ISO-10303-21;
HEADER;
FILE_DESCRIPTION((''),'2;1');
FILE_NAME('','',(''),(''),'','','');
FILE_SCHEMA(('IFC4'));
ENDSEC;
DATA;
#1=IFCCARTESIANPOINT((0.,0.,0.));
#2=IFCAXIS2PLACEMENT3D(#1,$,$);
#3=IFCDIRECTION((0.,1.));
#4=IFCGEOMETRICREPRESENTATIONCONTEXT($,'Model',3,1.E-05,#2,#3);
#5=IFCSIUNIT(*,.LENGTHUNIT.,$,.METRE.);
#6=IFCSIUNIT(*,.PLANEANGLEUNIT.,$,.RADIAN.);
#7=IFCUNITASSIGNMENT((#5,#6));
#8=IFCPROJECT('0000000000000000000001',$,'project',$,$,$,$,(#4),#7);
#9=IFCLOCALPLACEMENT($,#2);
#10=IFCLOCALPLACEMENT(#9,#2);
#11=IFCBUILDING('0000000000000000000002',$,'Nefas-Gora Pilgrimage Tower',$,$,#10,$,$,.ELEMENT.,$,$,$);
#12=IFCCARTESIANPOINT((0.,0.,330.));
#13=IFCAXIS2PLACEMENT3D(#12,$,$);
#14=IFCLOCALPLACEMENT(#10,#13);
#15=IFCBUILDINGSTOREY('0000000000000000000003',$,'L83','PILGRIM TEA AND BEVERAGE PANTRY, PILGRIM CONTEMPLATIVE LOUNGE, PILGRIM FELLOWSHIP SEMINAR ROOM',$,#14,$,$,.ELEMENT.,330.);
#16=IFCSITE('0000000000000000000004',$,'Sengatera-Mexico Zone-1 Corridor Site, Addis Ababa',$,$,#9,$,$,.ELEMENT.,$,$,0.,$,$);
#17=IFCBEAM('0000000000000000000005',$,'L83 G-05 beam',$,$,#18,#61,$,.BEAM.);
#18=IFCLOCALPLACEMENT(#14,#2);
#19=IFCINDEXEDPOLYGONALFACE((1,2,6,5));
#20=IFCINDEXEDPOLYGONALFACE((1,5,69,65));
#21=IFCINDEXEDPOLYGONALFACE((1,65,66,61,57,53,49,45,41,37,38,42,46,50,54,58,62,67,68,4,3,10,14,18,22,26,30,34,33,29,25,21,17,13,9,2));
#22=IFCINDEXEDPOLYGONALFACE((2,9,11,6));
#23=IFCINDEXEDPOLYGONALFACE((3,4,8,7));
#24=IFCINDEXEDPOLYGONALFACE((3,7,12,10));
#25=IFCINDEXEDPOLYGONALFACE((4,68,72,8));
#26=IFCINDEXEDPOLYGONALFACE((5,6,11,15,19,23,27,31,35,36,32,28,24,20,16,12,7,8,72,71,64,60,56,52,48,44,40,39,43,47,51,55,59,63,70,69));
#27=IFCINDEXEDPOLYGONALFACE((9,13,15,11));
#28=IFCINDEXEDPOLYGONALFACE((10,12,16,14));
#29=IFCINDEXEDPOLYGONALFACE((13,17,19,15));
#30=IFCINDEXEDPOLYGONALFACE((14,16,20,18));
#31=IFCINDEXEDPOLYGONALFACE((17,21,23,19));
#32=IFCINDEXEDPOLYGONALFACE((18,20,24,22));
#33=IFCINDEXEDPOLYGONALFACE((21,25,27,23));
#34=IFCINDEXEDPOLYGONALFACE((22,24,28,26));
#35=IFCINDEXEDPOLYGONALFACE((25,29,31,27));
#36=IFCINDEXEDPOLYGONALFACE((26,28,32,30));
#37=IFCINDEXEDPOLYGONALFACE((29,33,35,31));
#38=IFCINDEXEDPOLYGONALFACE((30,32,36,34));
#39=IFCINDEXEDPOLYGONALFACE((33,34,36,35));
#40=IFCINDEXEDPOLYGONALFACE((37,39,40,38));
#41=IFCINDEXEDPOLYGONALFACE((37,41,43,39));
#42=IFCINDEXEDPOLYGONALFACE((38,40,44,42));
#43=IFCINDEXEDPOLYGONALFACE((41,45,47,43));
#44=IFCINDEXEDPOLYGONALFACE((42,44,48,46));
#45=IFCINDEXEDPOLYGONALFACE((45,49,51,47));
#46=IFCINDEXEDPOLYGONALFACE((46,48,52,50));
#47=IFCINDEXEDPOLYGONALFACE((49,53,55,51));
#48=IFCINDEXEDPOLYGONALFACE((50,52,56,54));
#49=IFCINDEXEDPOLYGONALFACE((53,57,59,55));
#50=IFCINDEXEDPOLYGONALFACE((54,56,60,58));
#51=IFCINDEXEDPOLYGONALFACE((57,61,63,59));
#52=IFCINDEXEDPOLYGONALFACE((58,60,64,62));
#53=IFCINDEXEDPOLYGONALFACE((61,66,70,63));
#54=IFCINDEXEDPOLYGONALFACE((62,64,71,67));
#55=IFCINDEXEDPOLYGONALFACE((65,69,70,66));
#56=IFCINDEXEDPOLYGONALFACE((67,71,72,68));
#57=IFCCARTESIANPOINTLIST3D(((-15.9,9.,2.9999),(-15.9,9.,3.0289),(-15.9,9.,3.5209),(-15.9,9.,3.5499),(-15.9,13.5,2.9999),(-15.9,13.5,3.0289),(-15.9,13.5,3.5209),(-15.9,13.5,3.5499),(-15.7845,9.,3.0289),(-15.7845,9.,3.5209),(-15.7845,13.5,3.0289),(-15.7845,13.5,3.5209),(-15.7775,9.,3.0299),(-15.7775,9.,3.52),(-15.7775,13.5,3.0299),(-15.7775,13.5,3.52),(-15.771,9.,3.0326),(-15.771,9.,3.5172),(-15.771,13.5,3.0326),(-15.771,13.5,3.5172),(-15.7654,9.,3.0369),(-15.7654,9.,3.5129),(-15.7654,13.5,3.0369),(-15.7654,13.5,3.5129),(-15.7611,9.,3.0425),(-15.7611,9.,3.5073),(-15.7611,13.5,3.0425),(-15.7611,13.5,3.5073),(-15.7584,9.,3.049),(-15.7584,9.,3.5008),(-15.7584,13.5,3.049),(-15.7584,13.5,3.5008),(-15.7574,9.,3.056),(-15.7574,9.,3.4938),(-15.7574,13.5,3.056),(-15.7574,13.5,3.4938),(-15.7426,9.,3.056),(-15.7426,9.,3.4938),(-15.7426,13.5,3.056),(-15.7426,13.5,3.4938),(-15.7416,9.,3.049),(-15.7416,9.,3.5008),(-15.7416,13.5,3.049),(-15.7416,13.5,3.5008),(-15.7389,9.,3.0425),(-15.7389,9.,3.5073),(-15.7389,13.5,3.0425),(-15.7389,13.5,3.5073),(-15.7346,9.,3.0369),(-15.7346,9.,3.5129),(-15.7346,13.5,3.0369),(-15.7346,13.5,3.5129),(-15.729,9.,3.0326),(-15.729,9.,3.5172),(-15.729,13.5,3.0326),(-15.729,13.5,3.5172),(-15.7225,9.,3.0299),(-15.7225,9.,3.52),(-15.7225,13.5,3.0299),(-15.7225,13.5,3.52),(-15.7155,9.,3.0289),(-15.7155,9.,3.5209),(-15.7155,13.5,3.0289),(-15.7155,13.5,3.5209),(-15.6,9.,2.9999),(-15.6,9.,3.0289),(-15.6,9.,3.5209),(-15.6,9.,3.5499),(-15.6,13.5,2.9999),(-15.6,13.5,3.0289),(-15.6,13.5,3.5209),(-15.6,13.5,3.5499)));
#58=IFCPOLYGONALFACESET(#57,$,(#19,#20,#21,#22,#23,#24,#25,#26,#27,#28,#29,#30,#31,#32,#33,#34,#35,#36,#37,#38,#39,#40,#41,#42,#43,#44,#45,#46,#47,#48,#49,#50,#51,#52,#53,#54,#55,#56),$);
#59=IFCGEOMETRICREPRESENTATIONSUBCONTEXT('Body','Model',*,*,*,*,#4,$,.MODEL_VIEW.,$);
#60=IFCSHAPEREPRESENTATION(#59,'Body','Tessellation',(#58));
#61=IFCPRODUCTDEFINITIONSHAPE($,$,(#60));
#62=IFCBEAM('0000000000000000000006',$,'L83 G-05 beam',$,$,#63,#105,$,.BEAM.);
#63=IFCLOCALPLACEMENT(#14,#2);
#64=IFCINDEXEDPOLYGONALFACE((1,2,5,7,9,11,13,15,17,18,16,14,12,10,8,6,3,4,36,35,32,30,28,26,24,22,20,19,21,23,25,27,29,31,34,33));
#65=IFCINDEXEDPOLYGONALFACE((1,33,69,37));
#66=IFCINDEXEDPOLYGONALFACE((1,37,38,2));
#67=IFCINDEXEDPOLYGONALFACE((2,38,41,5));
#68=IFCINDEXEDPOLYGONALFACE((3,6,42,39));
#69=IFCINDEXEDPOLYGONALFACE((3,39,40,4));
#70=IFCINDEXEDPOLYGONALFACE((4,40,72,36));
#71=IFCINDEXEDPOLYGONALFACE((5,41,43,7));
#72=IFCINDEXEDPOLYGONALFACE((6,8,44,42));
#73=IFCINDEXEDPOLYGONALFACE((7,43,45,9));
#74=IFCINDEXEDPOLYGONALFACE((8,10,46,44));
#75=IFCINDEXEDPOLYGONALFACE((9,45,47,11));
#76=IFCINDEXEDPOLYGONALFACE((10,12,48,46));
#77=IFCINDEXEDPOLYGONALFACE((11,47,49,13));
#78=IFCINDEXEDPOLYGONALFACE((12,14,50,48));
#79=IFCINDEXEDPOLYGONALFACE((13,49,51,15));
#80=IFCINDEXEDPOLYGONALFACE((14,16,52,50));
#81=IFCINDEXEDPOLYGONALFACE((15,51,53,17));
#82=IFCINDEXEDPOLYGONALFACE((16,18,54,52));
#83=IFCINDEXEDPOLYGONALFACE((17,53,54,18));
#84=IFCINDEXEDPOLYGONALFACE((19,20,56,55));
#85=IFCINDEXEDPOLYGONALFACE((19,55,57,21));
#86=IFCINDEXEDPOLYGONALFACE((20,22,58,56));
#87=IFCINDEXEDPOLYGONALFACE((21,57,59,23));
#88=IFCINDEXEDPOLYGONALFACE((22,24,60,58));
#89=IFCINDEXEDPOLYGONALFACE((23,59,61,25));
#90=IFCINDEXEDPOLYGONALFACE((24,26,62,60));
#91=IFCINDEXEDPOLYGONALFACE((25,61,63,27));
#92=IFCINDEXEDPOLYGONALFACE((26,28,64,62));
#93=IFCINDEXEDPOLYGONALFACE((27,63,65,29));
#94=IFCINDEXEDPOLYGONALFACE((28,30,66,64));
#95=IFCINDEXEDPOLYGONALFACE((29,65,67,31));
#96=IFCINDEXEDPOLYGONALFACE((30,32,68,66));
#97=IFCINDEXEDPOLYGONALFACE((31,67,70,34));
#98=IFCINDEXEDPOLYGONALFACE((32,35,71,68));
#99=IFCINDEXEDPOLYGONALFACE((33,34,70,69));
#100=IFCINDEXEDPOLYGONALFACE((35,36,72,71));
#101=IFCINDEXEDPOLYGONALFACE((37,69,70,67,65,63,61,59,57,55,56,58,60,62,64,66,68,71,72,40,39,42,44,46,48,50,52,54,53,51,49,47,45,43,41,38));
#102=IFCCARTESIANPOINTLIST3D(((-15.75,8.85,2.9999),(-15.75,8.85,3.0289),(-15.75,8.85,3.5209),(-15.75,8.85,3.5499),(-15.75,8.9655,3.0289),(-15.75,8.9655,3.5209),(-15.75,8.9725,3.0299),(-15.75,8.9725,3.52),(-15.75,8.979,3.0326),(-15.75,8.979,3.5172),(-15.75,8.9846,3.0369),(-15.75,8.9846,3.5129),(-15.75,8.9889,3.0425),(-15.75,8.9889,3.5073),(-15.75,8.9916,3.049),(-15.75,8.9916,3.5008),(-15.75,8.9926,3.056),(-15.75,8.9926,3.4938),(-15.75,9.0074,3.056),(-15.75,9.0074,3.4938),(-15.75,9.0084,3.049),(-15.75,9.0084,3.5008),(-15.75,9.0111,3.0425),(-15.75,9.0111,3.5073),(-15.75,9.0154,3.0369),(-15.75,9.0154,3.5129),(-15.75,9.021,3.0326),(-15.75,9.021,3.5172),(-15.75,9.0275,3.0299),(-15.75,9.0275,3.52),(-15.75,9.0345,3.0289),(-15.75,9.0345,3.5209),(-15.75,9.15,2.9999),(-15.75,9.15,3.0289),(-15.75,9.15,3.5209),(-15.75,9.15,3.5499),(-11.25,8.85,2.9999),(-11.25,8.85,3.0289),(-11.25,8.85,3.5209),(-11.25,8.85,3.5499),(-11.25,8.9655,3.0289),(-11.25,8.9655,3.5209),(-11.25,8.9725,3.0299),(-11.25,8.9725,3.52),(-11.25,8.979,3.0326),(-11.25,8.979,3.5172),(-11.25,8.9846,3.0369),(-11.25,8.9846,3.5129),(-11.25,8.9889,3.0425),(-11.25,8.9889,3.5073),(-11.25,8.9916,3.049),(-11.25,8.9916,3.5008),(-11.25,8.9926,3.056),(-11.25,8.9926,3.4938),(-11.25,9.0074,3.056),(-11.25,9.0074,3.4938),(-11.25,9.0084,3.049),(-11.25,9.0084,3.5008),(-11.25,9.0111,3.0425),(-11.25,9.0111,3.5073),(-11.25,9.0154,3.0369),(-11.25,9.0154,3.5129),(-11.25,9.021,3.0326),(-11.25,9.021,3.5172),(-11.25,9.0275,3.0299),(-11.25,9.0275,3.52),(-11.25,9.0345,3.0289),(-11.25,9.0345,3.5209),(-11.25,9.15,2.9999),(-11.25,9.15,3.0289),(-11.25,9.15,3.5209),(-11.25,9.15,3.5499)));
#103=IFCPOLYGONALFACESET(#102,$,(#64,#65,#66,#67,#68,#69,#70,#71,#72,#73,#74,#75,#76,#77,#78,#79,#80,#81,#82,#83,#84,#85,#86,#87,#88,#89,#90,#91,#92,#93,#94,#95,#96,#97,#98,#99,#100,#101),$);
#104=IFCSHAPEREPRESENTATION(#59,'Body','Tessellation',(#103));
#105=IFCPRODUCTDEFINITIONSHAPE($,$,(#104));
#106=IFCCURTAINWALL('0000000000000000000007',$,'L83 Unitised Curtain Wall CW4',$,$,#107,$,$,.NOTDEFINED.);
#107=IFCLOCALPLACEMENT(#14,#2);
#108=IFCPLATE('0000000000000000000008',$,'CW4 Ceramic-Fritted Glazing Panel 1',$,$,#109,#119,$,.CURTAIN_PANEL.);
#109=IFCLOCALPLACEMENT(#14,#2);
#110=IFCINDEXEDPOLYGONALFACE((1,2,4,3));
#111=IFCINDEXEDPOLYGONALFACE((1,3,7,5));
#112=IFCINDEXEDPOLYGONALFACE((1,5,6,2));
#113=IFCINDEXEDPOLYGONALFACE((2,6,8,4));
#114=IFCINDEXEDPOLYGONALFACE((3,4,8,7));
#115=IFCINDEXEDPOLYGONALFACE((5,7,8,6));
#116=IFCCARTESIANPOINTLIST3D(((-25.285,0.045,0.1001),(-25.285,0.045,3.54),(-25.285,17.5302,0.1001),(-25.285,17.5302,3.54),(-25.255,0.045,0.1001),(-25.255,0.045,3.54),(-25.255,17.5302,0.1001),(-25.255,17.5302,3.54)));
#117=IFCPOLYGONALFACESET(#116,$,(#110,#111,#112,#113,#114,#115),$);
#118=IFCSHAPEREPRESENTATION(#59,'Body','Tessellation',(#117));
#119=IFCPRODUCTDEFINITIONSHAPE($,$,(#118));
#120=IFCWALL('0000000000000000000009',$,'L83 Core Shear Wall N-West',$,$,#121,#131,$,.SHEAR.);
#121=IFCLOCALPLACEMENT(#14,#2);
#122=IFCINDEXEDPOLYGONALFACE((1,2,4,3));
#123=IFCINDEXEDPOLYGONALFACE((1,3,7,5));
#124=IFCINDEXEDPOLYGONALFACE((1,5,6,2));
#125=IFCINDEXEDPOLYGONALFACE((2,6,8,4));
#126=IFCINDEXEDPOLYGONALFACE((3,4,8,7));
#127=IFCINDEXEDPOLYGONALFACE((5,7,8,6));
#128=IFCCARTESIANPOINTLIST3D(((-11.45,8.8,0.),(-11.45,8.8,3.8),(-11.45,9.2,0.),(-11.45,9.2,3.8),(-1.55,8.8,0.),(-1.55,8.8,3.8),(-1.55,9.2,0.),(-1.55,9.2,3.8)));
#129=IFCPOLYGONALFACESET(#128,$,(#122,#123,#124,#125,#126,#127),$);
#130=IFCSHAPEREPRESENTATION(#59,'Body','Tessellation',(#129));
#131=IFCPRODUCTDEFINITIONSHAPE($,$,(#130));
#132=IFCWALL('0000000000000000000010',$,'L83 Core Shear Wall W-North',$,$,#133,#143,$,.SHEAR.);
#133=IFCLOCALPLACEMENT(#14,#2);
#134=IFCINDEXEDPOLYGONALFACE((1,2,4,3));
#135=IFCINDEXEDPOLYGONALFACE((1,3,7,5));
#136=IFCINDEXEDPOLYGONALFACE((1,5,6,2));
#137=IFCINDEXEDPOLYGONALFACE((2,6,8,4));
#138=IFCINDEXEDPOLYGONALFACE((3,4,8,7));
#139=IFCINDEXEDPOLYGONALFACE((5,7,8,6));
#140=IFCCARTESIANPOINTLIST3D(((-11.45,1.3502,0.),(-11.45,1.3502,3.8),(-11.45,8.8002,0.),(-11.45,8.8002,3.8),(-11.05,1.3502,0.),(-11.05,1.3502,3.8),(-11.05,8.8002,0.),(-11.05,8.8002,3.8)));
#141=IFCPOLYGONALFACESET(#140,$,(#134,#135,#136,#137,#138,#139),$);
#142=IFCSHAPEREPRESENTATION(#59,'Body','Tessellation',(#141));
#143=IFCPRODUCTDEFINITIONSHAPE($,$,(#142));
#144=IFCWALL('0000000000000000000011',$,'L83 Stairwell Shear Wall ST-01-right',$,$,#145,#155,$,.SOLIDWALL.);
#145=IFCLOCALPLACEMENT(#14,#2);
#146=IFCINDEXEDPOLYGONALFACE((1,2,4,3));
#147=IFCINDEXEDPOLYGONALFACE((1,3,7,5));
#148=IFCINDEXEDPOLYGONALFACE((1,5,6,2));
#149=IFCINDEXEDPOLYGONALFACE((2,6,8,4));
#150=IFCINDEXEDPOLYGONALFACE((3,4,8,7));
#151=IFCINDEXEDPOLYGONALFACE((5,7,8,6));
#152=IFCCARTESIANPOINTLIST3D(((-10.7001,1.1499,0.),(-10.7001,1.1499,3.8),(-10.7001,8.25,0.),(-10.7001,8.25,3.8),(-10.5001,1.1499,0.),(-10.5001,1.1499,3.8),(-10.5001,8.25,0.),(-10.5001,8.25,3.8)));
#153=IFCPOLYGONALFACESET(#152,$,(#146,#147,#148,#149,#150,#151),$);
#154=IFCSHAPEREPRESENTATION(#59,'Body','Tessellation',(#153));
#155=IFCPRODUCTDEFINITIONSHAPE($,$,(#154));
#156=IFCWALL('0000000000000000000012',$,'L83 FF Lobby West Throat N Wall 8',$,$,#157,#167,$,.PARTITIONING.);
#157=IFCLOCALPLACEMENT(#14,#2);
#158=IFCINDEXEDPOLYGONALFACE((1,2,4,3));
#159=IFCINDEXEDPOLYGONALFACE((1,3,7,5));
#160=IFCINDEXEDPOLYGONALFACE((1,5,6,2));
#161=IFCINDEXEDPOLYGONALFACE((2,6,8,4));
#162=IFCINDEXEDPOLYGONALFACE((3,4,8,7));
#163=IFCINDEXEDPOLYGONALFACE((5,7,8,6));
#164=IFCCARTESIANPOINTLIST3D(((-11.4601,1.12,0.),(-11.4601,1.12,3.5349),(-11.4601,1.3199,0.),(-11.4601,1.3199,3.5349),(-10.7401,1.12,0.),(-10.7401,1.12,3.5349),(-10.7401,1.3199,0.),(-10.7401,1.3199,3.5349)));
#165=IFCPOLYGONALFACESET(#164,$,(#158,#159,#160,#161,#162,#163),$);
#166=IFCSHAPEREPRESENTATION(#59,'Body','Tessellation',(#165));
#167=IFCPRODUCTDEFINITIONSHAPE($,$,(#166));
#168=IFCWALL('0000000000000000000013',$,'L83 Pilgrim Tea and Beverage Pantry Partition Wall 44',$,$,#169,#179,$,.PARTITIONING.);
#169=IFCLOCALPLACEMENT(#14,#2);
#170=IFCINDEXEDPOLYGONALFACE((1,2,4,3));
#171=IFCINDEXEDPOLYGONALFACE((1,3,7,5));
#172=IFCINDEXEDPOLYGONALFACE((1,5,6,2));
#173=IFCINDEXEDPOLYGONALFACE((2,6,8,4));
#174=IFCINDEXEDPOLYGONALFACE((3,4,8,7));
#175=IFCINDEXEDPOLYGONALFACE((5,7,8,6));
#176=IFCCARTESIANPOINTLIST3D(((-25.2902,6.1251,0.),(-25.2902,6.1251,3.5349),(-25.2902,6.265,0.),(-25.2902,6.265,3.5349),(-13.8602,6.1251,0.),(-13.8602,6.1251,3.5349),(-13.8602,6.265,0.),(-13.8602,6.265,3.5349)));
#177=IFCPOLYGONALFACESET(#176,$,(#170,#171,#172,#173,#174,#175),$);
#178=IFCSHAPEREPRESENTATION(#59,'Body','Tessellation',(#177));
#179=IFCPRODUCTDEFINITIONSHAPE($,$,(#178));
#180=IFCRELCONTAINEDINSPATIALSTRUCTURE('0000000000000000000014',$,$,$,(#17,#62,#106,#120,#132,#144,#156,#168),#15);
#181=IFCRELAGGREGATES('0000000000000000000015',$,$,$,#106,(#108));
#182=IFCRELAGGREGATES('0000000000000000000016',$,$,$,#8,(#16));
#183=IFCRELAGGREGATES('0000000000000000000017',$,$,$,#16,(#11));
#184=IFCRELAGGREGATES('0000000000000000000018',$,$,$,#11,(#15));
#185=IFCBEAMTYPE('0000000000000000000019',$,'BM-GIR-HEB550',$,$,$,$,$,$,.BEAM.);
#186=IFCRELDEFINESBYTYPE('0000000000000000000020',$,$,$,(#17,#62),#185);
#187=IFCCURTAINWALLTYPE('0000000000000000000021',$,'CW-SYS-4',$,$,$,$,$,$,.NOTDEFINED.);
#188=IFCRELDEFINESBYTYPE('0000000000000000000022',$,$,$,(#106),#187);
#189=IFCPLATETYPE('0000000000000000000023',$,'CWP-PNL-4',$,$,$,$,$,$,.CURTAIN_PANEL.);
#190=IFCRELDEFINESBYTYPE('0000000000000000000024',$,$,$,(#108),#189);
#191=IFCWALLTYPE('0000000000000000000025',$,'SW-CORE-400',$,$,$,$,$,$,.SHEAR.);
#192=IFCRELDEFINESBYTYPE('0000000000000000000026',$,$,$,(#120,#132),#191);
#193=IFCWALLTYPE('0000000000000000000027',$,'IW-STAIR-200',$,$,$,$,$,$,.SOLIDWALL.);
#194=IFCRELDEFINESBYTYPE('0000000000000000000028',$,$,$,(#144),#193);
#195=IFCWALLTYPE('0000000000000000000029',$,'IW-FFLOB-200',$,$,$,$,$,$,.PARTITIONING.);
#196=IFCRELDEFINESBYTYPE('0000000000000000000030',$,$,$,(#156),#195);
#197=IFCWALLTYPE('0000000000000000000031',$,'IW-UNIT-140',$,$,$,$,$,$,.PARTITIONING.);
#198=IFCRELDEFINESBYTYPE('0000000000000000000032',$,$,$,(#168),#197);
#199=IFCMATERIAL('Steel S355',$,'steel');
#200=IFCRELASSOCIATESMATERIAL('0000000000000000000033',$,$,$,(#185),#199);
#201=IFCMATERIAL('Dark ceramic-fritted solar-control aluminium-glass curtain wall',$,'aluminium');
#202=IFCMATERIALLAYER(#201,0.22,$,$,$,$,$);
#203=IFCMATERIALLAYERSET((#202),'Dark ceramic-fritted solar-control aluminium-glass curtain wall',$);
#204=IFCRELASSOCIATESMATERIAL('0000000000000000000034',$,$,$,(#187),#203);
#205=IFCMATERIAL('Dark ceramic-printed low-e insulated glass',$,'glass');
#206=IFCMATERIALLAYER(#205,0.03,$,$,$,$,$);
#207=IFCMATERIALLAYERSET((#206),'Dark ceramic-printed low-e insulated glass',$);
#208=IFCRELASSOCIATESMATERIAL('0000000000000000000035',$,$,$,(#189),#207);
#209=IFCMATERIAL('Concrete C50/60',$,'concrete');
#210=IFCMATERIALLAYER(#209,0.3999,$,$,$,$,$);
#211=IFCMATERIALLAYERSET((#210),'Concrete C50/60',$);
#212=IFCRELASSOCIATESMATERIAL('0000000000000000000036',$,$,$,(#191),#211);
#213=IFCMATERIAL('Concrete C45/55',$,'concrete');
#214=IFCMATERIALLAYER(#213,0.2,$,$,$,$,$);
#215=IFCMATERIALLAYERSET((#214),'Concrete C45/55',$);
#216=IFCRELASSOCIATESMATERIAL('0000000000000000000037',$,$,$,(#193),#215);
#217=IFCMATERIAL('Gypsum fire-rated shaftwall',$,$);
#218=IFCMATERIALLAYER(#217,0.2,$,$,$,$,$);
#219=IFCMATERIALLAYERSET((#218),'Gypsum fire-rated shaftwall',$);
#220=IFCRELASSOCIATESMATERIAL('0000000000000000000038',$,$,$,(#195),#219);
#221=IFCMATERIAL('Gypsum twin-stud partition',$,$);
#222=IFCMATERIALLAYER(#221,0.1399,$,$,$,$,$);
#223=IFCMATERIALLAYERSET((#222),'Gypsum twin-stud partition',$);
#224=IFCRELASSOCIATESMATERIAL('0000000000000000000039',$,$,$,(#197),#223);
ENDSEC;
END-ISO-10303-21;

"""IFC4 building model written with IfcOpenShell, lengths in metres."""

from ifc_helpers import new_model, si_unit, direction, frame, frame_2d, origin, origin_2d, place, context, subcontext, project, spatial, rectangle, i_section, extrude, source, transform, mapped, material, layer, layer_set, material_profile, profile_set, type_object, element, aggregate, save


model = new_model("IFC4")

# Units and contexts
model_context = context("Model", 3, precision=1e-05, world=origin(), true_north=direction((0.0, 1.0)))
body_context = subcontext(model_context, "Body", "Model", "MODEL_VIEW")
ifc_project = project(units=[si_unit("LENGTHUNIT", "METRE"), si_unit("PLANEANGLEUNIT", "RADIAN")], contexts=[model_context])

# Site, building, storey
site_placement = place(None, origin())
site = spatial("IfcSite", under=ifc_project, at=site_placement, Name="Sengatera-Mexico Zone-1 Corridor Site, Addis Ababa", CompositionType="ELEMENT", RefElevation=0.0)
building_placement = place(site_placement, origin())
building = spatial("IfcBuilding", under=site, at=building_placement, Name="Nefas-Gora Pilgrimage Tower", CompositionType="ELEMENT")
storey_placement = place(building_placement, frame((0.0, 0.0, 330.0)))
storey = spatial("IfcBuildingStorey", under=building, at=storey_placement, Name="L83", Description="PILGRIM TEA AND BEVERAGE PANTRY, PILGRIM CONTEMPLATIVE LOUNGE, PILGRIM FELLOWSHIP SEMINAR ROOM", CompositionType="ELEMENT", Elevation=330.0)

# Shared definitions
ifc_material_1 = material(Name="Steel S355", Category="steel")
ifc_material_2 = material(Name="Concrete C50/60", Category="concrete")

# Beams
ifc_material_profile_1 = material_profile(ifc_material_1, i_section(OverallWidth=0.3, OverallDepth=0.55, WebThickness=0.0149, FlangeThickness=0.0291, FilletRadius=0.0271, at=origin_2d()), Name="HEB 550")
ifc_profile_set_1 = profile_set([ifc_material_profile_1], Name="Steel S355")
beam_type_1 = type_object("IfcBeamType", Name="BM-GIR-HEB550", PredefinedType="BEAM", material=ifc_profile_set_1)
shared_shape_1 = source(origin(), body_context, "Body", "SweptSolid", [
    extrude(i_section(OverallWidth=0.3, OverallDepth=0.55, WebThickness=0.0149, FlangeThickness=0.0291, FilletRadius=0.0271, at=origin_2d()), origin(), (0.0, 0.0, 1.0), 4.5),
])
for number, where, z_axis, x_axis, name in (
    (1, (-15.75, 9.0, 3.2749), (0.0, 1.0, 0.0), (-1.0, 0.0, 0.0), "L83 G-05 beam"),
    (2, (-15.75, 9.0, 3.2749), (1.0, 0.0, 0.0), (0.0, 1.0, 0.0), "L83 G-05 beam"),
):
    element("IfcBeam", number, at=place(storey_placement, frame(where, z_axis=z_axis, x_axis=x_axis)), inside=storey, type_object=beam_type_1, Name=name, PredefinedType="BEAM", context=body_context, shape_type="MappedRepresentation", body=[
        mapped(shared_shape_1, transform((0.0, 0.0, 0.0), x_axis=(1.0, 0.0, 0.0), y_axis=(0.0, 1.0, 0.0), z_axis=(0.0, 0.0, 1.0), scale=1.0)),
    ])

# Curtain wall, plate
ifc_material_3 = material(Name="Dark ceramic-fritted solar-control aluminium-glass curtain wall", Category="aluminium")
ifc_layer_1 = layer(ifc_material_3, 0.22)
ifc_layer_set_1 = layer_set([ifc_layer_1], Name="Dark ceramic-fritted solar-control aluminium-glass curtain wall")
curtain_wall_type = type_object("IfcCurtainWallType", Name="CW-SYS-4", PredefinedType="NOTDEFINED", material=ifc_layer_set_1)
curtain_wall_placement = place(storey_placement, origin())
curtain_wall = element("IfcCurtainWall", 3, at=curtain_wall_placement, inside=storey, type_object=curtain_wall_type, Name="L83 Unitised Curtain Wall CW4", PredefinedType="NOTDEFINED")
ifc_material_4 = material(Name="Dark ceramic-printed low-e insulated glass", Category="glass")
ifc_layer_2 = layer(ifc_material_4, 0.03)
ifc_layer_set_2 = layer_set([ifc_layer_2], Name="Dark ceramic-printed low-e insulated glass")
plate_type = type_object("IfcPlateType", Name="CWP-PNL-4", PredefinedType="CURTAIN_PANEL", material=ifc_layer_set_2)
shared_shape_2 = source(origin(), body_context, "Body", "SweptSolid", [
    extrude(rectangle(XDim=17.4851, YDim=0.03, at=origin_2d()), origin(), (0.0, 0.0, 1.0), 3.4399),
])
plate_placement = place(storey_placement, frame((-25.27, 8.7876, 0.1001), z_axis=(0.0, 0.0, 1.0), x_axis=(0.0, -1.0, 0.0)))
plate = element("IfcPlate", 4, at=plate_placement, type_object=plate_type, Name="CW4 Ceramic-Fritted Glazing Panel 1", PredefinedType="CURTAIN_PANEL", context=body_context, shape_type="MappedRepresentation", body=[
    mapped(shared_shape_2, transform((0.0, 0.0, 0.0), x_axis=(1.0, 0.0, 0.0), y_axis=(0.0, 1.0, 0.0), z_axis=(0.0, 0.0, 1.0), scale=1.0)),
])
aggregate(curtain_wall, [plate])

# Walls
ifc_layer_3 = layer(ifc_material_2, 0.3999)
ifc_layer_set_3 = layer_set([ifc_layer_3], Name="Concrete C50/60")
wall_type_1 = type_object("IfcWallType", Name="SW-CORE-400", PredefinedType="SHEAR", material=ifc_layer_set_3)
shared_shape_3 = source(origin(), body_context, "Body", "SweptSolid", [
    extrude(rectangle(XDim=9.8999, YDim=0.3999, at=frame_2d((4.95, 0.0))), origin(), (0.0, 0.0, 1.0), 3.8),
])
wall_1_placement = place(storey_placement, frame((-11.45, 9.0, 0.0), z_axis=(0.0, 0.0, 1.0), x_axis=(1.0, 0.0, 0.0)))
element("IfcWall", 5, at=wall_1_placement, inside=storey, type_object=wall_type_1, Name="L83 Core Shear Wall N-West", PredefinedType="SHEAR", context=body_context, shape_type="MappedRepresentation", body=[
    mapped(shared_shape_3, transform((0.0, 0.0, 0.0), x_axis=(1.0, 0.0, 0.0), y_axis=(0.0, 1.0, 0.0), z_axis=(0.0, 0.0, 1.0), scale=1.0)),
])
shared_shape_4 = source(origin(), body_context, "Body", "SweptSolid", [
    extrude(rectangle(XDim=7.45, YDim=0.3999, at=frame_2d((3.7251, 0.0))), origin(), (0.0, 0.0, 1.0), 3.8),
])
wall_2_placement = place(storey_placement, frame((-11.25, 1.3501, 0.0), z_axis=(0.0, 0.0, 1.0), x_axis=(0.0, 1.0, 0.0)))
element("IfcWall", 6, at=wall_2_placement, inside=storey, type_object=wall_type_1, Name="L83 Core Shear Wall W-North", PredefinedType="SHEAR", context=body_context, shape_type="MappedRepresentation", body=[
    mapped(shared_shape_4, transform((0.0, 0.0, 0.0), x_axis=(1.0, 0.0, 0.0), y_axis=(0.0, 1.0, 0.0), z_axis=(0.0, 0.0, 1.0), scale=1.0)),
])
ifc_material_5 = material(Name="Concrete C45/55", Category="concrete")
ifc_layer_4 = layer(ifc_material_5, 0.2)
ifc_layer_set_4 = layer_set([ifc_layer_4], Name="Concrete C45/55")
wall_type_2 = type_object("IfcWallType", Name="IW-STAIR-200", PredefinedType="SOLIDWALL", material=ifc_layer_set_4)
shared_shape_5 = source(origin(), body_context, "Body", "SweptSolid", [
    extrude(rectangle(XDim=7.1001, YDim=0.2, at=frame_2d((3.55, 0.0))), origin(), (0.0, 0.0, 1.0), 3.8),
])
wall_3_placement = place(storey_placement, frame((-10.6001, 1.1499, 0.0), z_axis=(0.0, 0.0, 1.0), x_axis=(0.0, 1.0, 0.0)))
element("IfcWall", 7, at=wall_3_placement, inside=storey, type_object=wall_type_2, Name="L83 Stairwell Shear Wall ST-01-right", PredefinedType="SOLIDWALL", context=body_context, shape_type="MappedRepresentation", body=[
    mapped(shared_shape_5, transform((0.0, 0.0, 0.0), x_axis=(1.0, 0.0, 0.0), y_axis=(0.0, 1.0, 0.0), z_axis=(0.0, 0.0, 1.0), scale=1.0)),
])
ifc_material_6 = material(Name="Gypsum fire-rated shaftwall")
ifc_layer_5 = layer(ifc_material_6, 0.2)
ifc_layer_set_5 = layer_set([ifc_layer_5], Name="Gypsum fire-rated shaftwall")
wall_type_3 = type_object("IfcWallType", Name="IW-FFLOB-200", PredefinedType="PARTITIONING", material=ifc_layer_set_5)
shared_shape_6 = source(origin(), body_context, "Body", "SweptSolid", [
    extrude(rectangle(XDim=0.72, YDim=0.2, at=frame_2d((0.3599, 0.0))), origin(), (0.0, 0.0, 1.0), 3.5349),
])
wall_4_placement = place(storey_placement, frame((-11.46, 1.22, 0.0), z_axis=(0.0, 0.0, 1.0), x_axis=(1.0, 0.0, 0.0)))
element("IfcWall", 8, at=wall_4_placement, inside=storey, type_object=wall_type_3, Name="L83 FF Lobby West Throat N Wall 8", PredefinedType="PARTITIONING", context=body_context, shape_type="MappedRepresentation", body=[
    mapped(shared_shape_6, transform((0.0, 0.0, 0.0), x_axis=(1.0, 0.0, 0.0), y_axis=(0.0, 1.0, 0.0), z_axis=(0.0, 0.0, 1.0), scale=1.0)),
])
ifc_material_7 = material(Name="Gypsum twin-stud partition")
ifc_layer_6 = layer(ifc_material_7, 0.1399)
ifc_layer_set_6 = layer_set([ifc_layer_6], Name="Gypsum twin-stud partition")
wall_type_4 = type_object("IfcWallType", Name="IW-UNIT-140", PredefinedType="PARTITIONING", material=ifc_layer_set_6)
shared_shape_7 = source(origin(), body_context, "Body", "SweptSolid", [
    extrude(rectangle(XDim=11.4299, YDim=0.1399, at=frame_2d((5.7148, 0.0))), origin(), (0.0, 0.0, 1.0), 3.5349),
])
wall_5_placement = place(storey_placement, frame((-25.29, 6.1951, 0.0), z_axis=(0.0, 0.0, 1.0), x_axis=(1.0, 0.0, 0.0)))
element("IfcWall", 9, at=wall_5_placement, inside=storey, type_object=wall_type_4, Name="L83 Pilgrim Tea and Beverage Pantry Partition Wall 44", PredefinedType="PARTITIONING", context=body_context, shape_type="MappedRepresentation", body=[
    mapped(shared_shape_7, transform((0.0, 0.0, 0.0), x_axis=(1.0, 0.0, 0.0), y_axis=(0.0, 1.0, 0.0), z_axis=(0.0, 0.0, 1.0), scale=1.0)),
])

save(model, "model.ifc")
